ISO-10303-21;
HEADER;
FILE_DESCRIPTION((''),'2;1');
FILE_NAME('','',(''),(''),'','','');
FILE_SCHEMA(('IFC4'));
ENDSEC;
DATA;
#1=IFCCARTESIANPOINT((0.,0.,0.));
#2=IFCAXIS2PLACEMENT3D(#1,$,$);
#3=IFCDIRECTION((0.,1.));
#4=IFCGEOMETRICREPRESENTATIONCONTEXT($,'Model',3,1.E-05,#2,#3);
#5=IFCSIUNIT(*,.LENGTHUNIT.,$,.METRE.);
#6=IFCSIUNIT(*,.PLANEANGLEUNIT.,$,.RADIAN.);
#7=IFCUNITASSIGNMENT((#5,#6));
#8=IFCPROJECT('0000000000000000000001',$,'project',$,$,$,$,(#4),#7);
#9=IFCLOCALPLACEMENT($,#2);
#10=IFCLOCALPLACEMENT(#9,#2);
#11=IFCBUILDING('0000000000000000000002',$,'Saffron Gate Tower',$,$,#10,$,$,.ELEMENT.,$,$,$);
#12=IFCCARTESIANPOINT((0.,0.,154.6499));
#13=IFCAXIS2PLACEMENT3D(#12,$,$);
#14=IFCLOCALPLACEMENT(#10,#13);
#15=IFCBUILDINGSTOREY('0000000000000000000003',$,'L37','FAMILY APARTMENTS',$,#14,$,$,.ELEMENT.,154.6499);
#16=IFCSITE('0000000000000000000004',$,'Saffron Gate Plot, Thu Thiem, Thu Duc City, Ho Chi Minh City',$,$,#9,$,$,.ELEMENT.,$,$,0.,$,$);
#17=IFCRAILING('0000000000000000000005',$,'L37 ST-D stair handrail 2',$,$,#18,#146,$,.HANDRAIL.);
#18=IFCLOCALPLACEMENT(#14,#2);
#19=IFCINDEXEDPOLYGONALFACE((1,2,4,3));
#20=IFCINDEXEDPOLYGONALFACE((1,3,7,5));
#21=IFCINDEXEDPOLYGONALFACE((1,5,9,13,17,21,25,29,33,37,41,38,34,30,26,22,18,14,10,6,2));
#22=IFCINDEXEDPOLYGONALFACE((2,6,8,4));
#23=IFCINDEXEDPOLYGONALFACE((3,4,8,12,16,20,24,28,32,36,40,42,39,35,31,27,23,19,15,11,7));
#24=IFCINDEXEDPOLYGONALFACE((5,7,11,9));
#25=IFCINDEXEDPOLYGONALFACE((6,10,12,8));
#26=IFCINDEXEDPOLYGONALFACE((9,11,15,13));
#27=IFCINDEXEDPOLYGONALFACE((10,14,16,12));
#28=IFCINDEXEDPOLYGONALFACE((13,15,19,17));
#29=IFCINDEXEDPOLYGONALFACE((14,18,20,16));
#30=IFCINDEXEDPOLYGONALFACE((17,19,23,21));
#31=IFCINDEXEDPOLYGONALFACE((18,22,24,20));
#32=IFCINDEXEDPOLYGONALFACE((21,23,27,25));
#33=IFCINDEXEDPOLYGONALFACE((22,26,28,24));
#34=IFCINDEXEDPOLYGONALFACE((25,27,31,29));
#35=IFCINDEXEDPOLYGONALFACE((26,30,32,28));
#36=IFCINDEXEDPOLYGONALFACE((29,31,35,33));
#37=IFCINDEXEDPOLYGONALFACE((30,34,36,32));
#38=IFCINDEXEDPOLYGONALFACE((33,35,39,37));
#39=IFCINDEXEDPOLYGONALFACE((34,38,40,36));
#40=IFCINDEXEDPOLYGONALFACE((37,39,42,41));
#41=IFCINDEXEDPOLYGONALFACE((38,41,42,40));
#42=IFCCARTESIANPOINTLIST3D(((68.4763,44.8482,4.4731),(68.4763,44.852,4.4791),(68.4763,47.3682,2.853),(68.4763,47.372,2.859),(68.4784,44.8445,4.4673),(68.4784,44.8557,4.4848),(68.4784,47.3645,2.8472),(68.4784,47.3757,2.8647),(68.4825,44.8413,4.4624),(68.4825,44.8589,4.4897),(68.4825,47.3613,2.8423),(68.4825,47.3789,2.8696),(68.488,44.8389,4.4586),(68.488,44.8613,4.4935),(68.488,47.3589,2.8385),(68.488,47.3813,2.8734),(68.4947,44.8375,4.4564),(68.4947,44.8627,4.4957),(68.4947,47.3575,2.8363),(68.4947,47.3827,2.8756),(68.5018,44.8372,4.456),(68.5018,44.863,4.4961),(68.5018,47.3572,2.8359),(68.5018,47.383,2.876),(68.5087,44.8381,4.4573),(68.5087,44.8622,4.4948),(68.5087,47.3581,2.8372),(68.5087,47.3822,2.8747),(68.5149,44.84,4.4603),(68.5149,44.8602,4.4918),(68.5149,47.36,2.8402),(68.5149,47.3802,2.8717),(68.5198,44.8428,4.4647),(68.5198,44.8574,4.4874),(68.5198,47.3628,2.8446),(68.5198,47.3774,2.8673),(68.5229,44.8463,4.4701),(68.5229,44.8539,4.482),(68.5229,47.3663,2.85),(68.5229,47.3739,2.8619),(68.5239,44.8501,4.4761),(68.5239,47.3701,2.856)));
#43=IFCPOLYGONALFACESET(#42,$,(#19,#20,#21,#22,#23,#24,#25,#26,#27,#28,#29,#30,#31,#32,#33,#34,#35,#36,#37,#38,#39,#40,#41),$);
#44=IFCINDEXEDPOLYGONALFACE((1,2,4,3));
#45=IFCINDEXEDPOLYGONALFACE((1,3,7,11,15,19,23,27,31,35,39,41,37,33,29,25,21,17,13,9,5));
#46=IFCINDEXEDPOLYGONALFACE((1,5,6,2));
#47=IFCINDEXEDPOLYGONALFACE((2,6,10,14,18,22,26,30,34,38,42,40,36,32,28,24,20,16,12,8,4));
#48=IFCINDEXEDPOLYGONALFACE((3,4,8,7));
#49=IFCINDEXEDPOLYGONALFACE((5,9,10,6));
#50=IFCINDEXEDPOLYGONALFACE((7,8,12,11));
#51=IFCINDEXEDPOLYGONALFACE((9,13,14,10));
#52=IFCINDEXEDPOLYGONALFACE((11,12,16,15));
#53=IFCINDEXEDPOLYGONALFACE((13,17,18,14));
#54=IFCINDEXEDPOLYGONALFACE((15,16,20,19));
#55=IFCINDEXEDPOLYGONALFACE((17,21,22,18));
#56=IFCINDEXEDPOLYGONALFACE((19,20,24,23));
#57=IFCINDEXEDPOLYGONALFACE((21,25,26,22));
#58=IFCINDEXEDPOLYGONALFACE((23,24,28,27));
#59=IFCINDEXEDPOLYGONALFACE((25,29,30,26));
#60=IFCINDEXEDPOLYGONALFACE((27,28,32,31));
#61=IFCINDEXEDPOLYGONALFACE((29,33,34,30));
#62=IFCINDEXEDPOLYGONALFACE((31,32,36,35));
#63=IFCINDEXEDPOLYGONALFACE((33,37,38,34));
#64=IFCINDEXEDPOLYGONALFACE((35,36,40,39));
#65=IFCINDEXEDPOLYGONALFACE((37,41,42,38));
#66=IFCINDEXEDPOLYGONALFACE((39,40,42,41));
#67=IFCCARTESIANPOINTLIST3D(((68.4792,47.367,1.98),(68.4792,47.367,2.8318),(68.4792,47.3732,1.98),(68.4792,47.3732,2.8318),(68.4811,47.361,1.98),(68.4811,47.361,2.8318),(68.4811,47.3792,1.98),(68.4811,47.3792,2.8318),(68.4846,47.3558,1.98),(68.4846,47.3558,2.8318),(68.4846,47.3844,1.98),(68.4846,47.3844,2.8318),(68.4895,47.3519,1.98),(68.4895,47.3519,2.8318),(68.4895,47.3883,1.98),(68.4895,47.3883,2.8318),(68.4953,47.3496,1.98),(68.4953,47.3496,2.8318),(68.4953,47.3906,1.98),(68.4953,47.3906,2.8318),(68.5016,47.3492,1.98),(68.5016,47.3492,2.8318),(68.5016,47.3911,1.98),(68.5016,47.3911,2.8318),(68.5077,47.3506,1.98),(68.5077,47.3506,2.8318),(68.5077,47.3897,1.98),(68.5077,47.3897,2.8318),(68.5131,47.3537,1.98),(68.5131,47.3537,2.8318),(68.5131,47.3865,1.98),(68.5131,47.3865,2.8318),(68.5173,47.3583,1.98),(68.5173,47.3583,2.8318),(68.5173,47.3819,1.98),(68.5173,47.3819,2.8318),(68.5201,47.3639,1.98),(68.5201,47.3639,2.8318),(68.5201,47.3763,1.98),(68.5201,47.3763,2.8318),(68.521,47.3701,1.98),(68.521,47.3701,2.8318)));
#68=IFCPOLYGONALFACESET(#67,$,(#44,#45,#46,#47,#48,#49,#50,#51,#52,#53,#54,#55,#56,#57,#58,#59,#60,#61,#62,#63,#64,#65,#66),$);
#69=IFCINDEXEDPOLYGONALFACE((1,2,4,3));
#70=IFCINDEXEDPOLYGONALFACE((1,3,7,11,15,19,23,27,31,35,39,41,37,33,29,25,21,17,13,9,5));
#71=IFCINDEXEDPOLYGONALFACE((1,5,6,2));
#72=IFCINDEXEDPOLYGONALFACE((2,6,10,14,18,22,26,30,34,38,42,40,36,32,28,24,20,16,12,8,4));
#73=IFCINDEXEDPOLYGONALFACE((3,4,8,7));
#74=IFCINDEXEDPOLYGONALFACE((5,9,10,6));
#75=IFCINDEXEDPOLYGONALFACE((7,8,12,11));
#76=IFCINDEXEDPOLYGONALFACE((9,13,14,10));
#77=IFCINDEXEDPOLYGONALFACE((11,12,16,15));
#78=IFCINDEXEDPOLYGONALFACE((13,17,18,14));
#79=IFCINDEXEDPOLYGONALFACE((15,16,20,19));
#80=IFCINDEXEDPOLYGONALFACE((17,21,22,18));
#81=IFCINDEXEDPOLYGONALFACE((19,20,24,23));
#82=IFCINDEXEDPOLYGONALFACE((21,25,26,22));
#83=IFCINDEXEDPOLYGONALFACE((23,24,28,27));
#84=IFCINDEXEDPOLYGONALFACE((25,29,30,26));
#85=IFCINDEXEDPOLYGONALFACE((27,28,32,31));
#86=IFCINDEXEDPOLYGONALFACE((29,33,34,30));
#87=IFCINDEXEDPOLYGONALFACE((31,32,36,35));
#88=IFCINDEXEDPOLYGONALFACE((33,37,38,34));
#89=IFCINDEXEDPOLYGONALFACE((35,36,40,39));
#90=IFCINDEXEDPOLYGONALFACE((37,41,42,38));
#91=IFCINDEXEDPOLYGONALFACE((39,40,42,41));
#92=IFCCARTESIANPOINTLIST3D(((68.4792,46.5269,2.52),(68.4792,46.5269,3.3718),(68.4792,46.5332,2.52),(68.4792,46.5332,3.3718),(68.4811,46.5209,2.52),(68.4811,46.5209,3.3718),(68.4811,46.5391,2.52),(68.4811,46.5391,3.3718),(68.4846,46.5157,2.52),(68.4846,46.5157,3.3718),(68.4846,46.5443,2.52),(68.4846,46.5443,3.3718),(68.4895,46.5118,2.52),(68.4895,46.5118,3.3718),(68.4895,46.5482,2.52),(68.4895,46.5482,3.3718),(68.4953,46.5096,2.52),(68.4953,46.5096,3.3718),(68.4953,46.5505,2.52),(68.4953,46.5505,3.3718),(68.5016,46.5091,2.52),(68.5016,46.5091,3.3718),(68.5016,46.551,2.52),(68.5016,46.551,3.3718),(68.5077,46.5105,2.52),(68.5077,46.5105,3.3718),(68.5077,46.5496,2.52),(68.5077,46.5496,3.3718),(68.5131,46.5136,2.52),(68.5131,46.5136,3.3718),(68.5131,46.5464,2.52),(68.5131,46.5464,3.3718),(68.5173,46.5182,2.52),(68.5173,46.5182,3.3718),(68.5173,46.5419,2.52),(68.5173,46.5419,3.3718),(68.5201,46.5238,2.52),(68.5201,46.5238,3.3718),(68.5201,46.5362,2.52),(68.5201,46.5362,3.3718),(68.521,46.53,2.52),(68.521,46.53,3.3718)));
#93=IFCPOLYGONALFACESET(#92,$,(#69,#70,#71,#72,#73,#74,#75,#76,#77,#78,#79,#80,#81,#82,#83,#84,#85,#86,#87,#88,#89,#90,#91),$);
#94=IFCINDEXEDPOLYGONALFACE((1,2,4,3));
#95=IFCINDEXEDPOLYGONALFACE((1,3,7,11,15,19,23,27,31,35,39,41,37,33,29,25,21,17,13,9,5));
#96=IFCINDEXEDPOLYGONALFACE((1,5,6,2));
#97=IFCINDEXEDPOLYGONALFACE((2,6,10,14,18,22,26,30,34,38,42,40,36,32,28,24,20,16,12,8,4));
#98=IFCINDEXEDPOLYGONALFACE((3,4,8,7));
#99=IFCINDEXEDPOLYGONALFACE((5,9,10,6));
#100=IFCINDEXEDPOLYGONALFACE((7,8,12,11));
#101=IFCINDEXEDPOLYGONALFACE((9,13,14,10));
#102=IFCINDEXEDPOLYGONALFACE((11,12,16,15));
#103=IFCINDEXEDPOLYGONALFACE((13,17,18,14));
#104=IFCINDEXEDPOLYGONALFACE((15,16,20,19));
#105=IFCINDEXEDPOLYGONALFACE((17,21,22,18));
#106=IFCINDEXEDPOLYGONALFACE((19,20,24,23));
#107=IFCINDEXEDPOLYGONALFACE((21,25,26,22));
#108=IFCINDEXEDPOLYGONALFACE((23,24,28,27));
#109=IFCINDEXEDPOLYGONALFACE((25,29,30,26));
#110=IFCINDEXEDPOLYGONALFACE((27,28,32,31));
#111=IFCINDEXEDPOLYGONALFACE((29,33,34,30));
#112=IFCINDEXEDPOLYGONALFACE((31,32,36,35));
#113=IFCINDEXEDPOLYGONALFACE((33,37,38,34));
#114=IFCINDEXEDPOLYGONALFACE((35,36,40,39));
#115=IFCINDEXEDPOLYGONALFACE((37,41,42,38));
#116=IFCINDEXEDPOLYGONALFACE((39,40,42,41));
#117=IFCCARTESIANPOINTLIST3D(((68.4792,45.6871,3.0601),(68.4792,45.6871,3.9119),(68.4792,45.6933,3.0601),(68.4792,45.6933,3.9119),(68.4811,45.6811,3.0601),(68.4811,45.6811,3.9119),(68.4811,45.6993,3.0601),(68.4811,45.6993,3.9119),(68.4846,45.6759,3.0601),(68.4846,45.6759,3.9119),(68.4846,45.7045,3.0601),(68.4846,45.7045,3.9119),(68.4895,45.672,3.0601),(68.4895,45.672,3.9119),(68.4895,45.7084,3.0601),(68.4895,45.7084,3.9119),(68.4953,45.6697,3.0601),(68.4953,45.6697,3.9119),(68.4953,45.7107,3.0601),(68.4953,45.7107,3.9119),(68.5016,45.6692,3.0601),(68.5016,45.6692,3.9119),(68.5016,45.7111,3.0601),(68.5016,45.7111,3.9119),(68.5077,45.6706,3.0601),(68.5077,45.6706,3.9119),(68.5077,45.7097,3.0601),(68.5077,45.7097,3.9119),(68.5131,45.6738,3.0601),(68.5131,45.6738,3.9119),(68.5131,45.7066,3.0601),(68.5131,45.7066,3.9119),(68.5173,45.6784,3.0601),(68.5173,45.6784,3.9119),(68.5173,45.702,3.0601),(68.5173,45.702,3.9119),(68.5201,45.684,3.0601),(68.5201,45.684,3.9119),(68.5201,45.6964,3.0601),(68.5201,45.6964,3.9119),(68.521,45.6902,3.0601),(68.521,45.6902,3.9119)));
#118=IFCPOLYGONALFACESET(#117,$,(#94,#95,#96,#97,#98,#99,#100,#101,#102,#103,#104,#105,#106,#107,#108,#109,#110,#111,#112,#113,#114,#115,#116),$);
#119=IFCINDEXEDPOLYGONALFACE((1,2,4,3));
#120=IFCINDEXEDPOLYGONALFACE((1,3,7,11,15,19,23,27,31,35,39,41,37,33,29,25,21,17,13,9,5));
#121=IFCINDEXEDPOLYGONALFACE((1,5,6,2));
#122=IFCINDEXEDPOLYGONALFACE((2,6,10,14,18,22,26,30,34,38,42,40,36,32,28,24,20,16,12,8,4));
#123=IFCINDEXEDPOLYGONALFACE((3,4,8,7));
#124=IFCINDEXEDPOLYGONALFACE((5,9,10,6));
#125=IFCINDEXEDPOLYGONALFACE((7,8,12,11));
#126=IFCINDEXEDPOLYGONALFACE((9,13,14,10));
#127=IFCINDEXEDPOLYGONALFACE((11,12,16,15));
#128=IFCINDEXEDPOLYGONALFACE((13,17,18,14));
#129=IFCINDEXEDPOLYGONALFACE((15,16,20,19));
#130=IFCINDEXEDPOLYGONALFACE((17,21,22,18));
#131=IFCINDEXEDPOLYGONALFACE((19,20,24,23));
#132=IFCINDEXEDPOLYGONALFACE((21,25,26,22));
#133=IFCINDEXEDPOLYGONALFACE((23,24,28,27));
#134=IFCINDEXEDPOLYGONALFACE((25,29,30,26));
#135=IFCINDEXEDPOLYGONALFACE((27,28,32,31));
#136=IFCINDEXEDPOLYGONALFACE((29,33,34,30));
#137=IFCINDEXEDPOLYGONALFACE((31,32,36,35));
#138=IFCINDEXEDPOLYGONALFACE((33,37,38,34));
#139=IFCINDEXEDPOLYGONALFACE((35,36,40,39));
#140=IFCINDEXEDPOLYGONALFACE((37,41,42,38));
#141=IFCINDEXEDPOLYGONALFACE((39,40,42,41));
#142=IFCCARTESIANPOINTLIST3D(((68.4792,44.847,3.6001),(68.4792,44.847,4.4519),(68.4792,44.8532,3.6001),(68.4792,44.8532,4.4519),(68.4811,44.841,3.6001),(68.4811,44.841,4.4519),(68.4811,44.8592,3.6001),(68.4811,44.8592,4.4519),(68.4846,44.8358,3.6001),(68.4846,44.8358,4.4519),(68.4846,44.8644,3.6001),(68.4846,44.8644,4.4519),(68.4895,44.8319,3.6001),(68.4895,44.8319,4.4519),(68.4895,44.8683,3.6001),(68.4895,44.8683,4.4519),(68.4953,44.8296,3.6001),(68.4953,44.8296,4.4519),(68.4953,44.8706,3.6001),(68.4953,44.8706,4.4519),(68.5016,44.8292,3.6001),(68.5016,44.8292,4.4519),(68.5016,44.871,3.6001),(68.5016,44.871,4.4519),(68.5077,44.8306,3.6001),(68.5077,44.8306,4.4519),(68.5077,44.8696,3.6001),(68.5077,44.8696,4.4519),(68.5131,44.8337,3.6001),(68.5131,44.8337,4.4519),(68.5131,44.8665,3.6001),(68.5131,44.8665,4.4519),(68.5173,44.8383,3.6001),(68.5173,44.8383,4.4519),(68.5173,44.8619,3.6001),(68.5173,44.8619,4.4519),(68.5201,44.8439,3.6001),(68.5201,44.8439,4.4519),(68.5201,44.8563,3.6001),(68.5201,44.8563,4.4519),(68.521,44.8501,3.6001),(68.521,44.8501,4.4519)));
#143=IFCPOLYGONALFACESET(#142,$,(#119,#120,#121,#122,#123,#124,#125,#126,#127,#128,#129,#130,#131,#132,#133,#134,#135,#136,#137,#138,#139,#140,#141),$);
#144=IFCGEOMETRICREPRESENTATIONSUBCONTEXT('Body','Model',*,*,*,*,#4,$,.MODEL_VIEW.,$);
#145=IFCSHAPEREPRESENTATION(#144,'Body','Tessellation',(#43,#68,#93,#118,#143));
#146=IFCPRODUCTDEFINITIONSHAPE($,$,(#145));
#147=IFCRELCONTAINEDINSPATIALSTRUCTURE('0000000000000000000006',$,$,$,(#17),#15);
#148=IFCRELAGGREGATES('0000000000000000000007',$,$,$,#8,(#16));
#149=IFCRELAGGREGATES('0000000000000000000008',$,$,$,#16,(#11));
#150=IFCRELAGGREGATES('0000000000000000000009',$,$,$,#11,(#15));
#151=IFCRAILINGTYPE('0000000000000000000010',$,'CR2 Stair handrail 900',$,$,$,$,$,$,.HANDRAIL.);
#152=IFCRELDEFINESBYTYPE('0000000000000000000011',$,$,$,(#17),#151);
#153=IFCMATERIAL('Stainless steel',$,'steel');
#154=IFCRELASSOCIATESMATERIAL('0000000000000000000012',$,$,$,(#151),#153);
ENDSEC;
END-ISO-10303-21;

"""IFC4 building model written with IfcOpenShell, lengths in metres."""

from ifc_helpers import new_model, si_unit, direction, frame, origin, origin_2d, place, context, subcontext, project, spatial, circle, extrude, material, type_object, element, save


model = new_model("IFC4")

# Units and contexts
model_context = context("Model", 3, precision=1e-05, world=origin(), true_north=direction((0.0, 1.0)))
body_context = subcontext(model_context, "Body", "Model", "MODEL_VIEW")
ifc_project = project(units=[si_unit("LENGTHUNIT", "METRE"), si_unit("PLANEANGLEUNIT", "RADIAN")], contexts=[model_context])

# Site, building, storey
site_placement = place(None, origin())
site = spatial("IfcSite", under=ifc_project, at=site_placement, Name="Saffron Gate Plot, Thu Thiem, Thu Duc City, Ho Chi Minh City", CompositionType="ELEMENT", RefElevation=0.0)
building_placement = place(site_placement, origin())
building = spatial("IfcBuilding", under=site, at=building_placement, Name="Saffron Gate Tower", CompositionType="ELEMENT")
storey_placement = place(building_placement, frame((0.0, 0.0, 154.6499)))
storey = spatial("IfcBuildingStorey", under=building, at=storey_placement, Name="L37", Description="FAMILY APARTMENTS", CompositionType="ELEMENT", Elevation=154.6499)

# Railing
ifc_material_1 = material(Name="Stainless steel", Category="steel")
railing_type = type_object("IfcRailingType", Name="CR2 Stair handrail 900", PredefinedType="HANDRAIL", material=ifc_material_1)
railing_1_placement = place(storey_placement, frame((68.5, 47.3701, 1.98)))
element("IfcRailing", 1, at=railing_1_placement, inside=storey, type_object=railing_type, Name="L37 ST-D stair handrail 2", PredefinedType="HANDRAIL", context=body_context, shape_type="SweptSolid", body=[
    extrude(circle(Radius=0.0239, at=origin_2d()), frame((0.0, 0.0, 0.876), z_axis=(0.0, -0.841163, 0.540782), x_axis=(1.0, 0.0, 0.0)), (0.0, 0.0, 1.0), 2.9958),
    extrude(circle(Radius=0.021, at=origin_2d()), origin(), (0.0, 0.0, 1.0), 0.8518),
    extrude(circle(Radius=0.021, at=origin_2d()), frame((0.0, -0.8401, 0.54)), (0.0, 0.0, 1.0), 0.8518),
    extrude(circle(Radius=0.021, at=origin_2d()), frame((0.0, -1.6799, 1.0801)), (0.0, 0.0, 1.0), 0.8518),
    extrude(circle(Radius=0.021, at=origin_2d()), frame((0.0, -2.52, 1.6201)), (0.0, 0.0, 1.0), 0.8518),
])

save(model, "model.ifc")
